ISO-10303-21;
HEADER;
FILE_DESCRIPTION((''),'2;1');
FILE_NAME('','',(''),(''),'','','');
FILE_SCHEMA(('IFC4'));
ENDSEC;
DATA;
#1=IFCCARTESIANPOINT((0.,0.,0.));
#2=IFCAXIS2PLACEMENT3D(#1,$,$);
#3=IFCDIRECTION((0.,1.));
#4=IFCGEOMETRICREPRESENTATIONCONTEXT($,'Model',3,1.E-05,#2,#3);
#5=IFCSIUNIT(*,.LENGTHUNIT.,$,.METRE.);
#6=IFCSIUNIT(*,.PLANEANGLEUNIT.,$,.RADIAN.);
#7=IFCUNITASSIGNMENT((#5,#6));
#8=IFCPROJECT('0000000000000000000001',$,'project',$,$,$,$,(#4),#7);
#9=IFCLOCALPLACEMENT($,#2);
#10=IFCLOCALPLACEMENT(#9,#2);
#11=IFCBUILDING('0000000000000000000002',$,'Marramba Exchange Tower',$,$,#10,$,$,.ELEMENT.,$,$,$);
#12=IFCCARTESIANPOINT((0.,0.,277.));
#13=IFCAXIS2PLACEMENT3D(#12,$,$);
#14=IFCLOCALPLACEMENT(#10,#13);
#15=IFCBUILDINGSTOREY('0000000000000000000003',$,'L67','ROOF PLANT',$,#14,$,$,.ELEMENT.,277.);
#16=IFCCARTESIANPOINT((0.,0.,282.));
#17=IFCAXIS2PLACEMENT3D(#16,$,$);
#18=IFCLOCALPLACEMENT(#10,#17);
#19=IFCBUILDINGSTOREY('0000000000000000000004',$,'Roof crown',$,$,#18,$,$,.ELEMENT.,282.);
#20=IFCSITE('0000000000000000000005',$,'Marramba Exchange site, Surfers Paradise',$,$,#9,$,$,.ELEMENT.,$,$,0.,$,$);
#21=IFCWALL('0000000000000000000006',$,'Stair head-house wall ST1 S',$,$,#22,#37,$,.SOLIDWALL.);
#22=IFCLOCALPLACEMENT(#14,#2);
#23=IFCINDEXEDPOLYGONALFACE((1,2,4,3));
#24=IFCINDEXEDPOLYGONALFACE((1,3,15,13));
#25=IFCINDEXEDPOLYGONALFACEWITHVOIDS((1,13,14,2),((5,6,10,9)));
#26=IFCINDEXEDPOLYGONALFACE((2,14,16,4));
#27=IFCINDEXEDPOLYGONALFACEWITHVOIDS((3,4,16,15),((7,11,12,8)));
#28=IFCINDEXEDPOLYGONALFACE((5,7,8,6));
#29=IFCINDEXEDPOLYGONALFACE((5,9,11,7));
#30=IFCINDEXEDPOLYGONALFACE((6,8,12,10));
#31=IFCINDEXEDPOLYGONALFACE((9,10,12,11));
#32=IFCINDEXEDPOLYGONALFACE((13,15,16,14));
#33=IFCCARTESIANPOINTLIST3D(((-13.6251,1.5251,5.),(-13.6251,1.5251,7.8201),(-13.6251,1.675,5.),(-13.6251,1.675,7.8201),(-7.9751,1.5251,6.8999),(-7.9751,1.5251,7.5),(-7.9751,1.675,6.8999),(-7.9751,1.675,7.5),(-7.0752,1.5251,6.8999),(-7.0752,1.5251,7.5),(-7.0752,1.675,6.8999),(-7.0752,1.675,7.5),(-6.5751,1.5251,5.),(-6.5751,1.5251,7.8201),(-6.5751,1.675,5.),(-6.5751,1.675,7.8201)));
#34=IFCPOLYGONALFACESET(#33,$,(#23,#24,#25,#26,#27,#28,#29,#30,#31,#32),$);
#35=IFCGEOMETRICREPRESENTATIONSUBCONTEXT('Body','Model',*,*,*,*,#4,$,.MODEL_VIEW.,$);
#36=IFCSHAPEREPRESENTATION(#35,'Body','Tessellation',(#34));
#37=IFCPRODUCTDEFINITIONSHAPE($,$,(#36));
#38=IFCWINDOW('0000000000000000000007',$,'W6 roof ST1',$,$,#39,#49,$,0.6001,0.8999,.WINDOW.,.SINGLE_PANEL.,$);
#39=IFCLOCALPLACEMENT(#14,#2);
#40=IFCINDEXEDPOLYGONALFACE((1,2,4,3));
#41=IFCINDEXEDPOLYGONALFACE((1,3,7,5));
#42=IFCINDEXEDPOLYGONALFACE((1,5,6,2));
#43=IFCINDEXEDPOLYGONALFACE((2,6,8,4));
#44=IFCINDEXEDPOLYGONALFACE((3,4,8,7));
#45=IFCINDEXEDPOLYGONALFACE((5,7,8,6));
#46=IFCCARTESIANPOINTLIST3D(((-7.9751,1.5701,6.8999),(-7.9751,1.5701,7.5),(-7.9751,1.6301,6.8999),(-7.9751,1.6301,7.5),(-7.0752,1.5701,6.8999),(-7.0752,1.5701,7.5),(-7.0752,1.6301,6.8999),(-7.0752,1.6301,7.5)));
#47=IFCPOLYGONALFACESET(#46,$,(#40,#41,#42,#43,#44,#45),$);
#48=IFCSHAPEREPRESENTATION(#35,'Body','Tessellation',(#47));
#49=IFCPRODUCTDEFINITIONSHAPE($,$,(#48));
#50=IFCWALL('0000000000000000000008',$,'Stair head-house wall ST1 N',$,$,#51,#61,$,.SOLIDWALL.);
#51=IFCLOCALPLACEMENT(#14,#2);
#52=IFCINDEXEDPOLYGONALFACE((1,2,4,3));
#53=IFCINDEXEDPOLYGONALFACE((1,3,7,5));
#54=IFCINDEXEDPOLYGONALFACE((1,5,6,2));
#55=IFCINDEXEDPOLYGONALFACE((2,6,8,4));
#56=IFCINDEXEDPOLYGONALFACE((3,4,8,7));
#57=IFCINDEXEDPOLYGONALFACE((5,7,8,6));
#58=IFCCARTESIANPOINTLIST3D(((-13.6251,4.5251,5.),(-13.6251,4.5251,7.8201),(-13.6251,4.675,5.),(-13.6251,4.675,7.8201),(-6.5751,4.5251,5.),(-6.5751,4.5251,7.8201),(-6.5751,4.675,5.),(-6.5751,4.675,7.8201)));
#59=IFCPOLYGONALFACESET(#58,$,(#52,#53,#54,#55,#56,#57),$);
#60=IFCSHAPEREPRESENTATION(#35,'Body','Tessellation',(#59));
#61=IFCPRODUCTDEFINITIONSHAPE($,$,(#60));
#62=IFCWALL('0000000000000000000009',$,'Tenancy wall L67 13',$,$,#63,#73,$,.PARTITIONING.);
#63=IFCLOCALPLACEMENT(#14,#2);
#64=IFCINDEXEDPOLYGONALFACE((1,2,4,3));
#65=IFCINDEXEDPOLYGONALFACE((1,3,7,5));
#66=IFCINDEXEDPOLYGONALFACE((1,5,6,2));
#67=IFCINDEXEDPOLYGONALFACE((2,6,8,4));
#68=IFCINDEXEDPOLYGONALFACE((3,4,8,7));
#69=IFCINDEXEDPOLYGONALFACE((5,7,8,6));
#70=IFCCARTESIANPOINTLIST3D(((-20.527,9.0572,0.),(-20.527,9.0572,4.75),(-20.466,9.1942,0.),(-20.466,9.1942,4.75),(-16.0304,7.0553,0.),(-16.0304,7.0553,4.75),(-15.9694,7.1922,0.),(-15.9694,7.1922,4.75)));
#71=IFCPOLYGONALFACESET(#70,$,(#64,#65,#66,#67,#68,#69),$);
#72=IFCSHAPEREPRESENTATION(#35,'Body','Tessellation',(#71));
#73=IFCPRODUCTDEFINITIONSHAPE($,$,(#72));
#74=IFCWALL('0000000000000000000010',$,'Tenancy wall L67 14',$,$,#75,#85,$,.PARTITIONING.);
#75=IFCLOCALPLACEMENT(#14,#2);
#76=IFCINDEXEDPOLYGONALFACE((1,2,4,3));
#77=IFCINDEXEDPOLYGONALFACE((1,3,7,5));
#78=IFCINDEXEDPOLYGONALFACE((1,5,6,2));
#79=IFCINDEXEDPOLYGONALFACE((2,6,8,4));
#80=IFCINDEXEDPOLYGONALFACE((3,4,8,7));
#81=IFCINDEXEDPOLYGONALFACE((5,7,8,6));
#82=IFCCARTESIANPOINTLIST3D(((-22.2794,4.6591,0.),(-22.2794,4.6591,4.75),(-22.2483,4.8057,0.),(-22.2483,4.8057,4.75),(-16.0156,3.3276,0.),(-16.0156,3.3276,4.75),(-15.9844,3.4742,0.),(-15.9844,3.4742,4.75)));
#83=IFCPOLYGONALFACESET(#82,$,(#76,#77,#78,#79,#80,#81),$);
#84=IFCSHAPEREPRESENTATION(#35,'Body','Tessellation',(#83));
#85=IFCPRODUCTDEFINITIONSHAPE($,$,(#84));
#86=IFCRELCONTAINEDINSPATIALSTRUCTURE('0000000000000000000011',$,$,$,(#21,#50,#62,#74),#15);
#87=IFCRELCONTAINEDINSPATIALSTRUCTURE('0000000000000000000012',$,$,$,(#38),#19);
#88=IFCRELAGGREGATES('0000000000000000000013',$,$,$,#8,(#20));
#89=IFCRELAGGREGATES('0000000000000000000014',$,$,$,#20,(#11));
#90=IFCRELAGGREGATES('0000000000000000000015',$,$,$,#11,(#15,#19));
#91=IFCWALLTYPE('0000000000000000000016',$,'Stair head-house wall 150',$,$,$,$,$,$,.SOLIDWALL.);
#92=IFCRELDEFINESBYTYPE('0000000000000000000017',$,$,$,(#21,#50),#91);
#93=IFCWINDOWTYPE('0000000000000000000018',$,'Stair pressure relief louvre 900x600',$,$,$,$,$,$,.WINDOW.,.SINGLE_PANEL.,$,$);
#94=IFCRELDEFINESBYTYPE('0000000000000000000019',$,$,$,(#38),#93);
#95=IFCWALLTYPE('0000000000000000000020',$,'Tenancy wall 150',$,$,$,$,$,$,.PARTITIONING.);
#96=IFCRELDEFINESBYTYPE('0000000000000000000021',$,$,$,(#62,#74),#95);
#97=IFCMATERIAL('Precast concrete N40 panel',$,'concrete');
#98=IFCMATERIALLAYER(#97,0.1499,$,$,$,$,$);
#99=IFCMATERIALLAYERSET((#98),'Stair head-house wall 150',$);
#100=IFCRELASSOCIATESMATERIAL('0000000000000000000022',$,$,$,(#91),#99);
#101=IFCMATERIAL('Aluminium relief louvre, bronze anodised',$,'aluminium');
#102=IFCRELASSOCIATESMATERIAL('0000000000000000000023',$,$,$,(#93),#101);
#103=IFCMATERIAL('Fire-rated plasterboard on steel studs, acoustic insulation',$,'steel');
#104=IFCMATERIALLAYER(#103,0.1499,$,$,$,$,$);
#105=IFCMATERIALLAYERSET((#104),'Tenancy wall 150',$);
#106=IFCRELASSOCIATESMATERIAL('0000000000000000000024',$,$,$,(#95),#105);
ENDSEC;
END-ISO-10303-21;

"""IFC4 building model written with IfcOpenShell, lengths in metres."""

from ifc_helpers import new_model, si_unit, direction, frame, frame_2d, origin, place, context, subcontext, project, spatial, rectangle, extrude, material, layer, layer_set, type_object, element, fill, save


model = new_model("IFC4")

# Units and contexts
model_context = context("Model", 3, precision=1e-05, world=origin(), true_north=direction((0.0, 1.0)))
body_context = subcontext(model_context, "Body", "Model", "MODEL_VIEW")
ifc_project = project(units=[si_unit("LENGTHUNIT", "METRE"), si_unit("PLANEANGLEUNIT", "RADIAN")], contexts=[model_context])

# Site, building, storey
site_placement = place(None, origin())
site = spatial("IfcSite", under=ifc_project, at=site_placement, Name="Marramba Exchange site, Surfers Paradise", CompositionType="ELEMENT", RefElevation=0.0)
building_placement = place(site_placement, origin())
building = spatial("IfcBuilding", under=site, at=building_placement, Name="Marramba Exchange Tower", CompositionType="ELEMENT")
storey_1_placement = place(building_placement, frame((0.0, 0.0, 277.0)))
storey_1 = spatial("IfcBuildingStorey", under=building, at=storey_1_placement, Name="L67", Description="ROOF PLANT", CompositionType="ELEMENT", Elevation=277.0)

# Wall, opening
ifc_material_1 = material(Name="Precast concrete N40 panel", Category="concrete")
ifc_layer_1 = layer(ifc_material_1, 0.1499)
ifc_layer_set_1 = layer_set([ifc_layer_1], Name="Stair head-house wall 150")
wall_type_1 = type_object("IfcWallType", Name="Stair head-house wall 150", PredefinedType="SOLIDWALL", material=ifc_layer_set_1)
wall_1_placement = place(storey_1_placement, frame((-13.625, 1.6001, 5.0), z_axis=(0.0, 0.0, 1.0), x_axis=(1.0, 0.0, 0.0)))
wall_1 = element("IfcWall", 1, at=wall_1_placement, inside=storey_1, type_object=wall_type_1, Name="Stair head-house wall ST1 S", PredefinedType="SOLIDWALL", context=body_context, shape_type="SweptSolid", body=[
    extrude(rectangle(XDim=7.05, YDim=0.1499, at=frame_2d((3.5249, 0.0))), origin(), (0.0, 0.0, 1.0), 2.8201),
])
opening_1_placement = place(wall_1_placement, frame((5.6499, 0.0, 1.8999)))
opening_1 = element("IfcOpeningElement", 2, at=opening_1_placement, cuts=wall_1, PredefinedType="OPENING", context=body_context, shape_type="SweptSolid", body=[
    extrude(rectangle(XDim=0.8999, YDim=0.6001, at=frame_2d((0.45, 0.3))), frame((0.0, 0.085, 0.0), z_axis=(0.0, -1.0, 0.0), x_axis=(1.0, 0.0, 0.0)), (0.0, 0.0, 1.0), 0.1699),
])

# Shared definitions
storey_2_placement = place(building_placement, frame((0.0, 0.0, 282.0)))
storey_2 = spatial("IfcBuildingStorey", under=building, at=storey_2_placement, Name="Roof crown", CompositionType="ELEMENT", Elevation=282.0)

# Window
ifc_material_2 = material(Name="Aluminium relief louvre, bronze anodised", Category="aluminium")
window_type = type_object("IfcWindowType", Name="Stair pressure relief louvre 900x600", PartitioningType="SINGLE_PANEL", PredefinedType="WINDOW", material=ifc_material_2)
window_placement = place(opening_1_placement, origin())
window = element("IfcWindow", 3, at=window_placement, inside=storey_2, type_object=window_type, Name="W6 roof ST1", OverallHeight=0.6001, OverallWidth=0.8999, PartitioningType="SINGLE_PANEL", PredefinedType="WINDOW", context=body_context, shape_type="SweptSolid", body=[
    extrude(rectangle(XDim=0.8999, YDim=0.6001, at=frame_2d((0.45, 0.3))), frame((0.0, 0.03, 0.0), z_axis=(0.0, -1.0, 0.0), x_axis=(1.0, 0.0, 0.0)), (0.0, 0.0, 1.0), 0.0601),
])
fill(opening_1, window)

# Walls
wall_2_placement = place(storey_1_placement, frame((-13.625, 4.6001, 5.0), z_axis=(0.0, 0.0, 1.0), x_axis=(1.0, 0.0, 0.0)))
element("IfcWall", 4, at=wall_2_placement, inside=storey_1, type_object=wall_type_1, Name="Stair head-house wall ST1 N", PredefinedType="SOLIDWALL", context=body_context, shape_type="SweptSolid", body=[
    extrude(rectangle(XDim=7.05, YDim=0.1499, at=frame_2d((3.5249, 0.0))), origin(), (0.0, 0.0, 1.0), 2.8201),
])
ifc_material_3 = material(Name="Fire-rated plasterboard on steel studs, acoustic insulation", Category="steel")
ifc_layer_2 = layer(ifc_material_3, 0.1499)
ifc_layer_set_2 = layer_set([ifc_layer_2], Name="Tenancy wall 150")
wall_type_2 = type_object("IfcWallType", Name="Tenancy wall 150", PredefinedType="PARTITIONING", material=ifc_layer_set_2)
wall_3_placement = place(storey_1_placement, frame((-16.0, 7.1238, 0.0), z_axis=(0.0, 0.0, 1.0), x_axis=(-0.91355, 0.406727, 0.0)))
element("IfcWall", 5, at=wall_3_placement, inside=storey_1, type_object=wall_type_2, Name="Tenancy wall L67 13", PredefinedType="PARTITIONING", context=body_context, shape_type="SweptSolid", body=[
    extrude(rectangle(XDim=4.9221, YDim=0.1499, at=frame_2d((2.4609, 0.0))), origin(), (0.0, 0.0, 1.0), 4.75),
])
wall_4_placement = place(storey_1_placement, frame((-16.0, 3.4009, 0.0), z_axis=(0.0, 0.0, 1.0), x_axis=(-0.978144, 0.207928, 0.0)))
element("IfcWall", 6, at=wall_4_placement, inside=storey_1, type_object=wall_type_2, Name="Tenancy wall L67 14", PredefinedType="PARTITIONING", context=body_context, shape_type="SweptSolid", body=[
    extrude(rectangle(XDim=6.4038, YDim=0.1499, at=frame_2d((3.2019, 0.0))), origin(), (0.0, 0.0, 1.0), 4.75),
])

save(model, "model.ifc")
